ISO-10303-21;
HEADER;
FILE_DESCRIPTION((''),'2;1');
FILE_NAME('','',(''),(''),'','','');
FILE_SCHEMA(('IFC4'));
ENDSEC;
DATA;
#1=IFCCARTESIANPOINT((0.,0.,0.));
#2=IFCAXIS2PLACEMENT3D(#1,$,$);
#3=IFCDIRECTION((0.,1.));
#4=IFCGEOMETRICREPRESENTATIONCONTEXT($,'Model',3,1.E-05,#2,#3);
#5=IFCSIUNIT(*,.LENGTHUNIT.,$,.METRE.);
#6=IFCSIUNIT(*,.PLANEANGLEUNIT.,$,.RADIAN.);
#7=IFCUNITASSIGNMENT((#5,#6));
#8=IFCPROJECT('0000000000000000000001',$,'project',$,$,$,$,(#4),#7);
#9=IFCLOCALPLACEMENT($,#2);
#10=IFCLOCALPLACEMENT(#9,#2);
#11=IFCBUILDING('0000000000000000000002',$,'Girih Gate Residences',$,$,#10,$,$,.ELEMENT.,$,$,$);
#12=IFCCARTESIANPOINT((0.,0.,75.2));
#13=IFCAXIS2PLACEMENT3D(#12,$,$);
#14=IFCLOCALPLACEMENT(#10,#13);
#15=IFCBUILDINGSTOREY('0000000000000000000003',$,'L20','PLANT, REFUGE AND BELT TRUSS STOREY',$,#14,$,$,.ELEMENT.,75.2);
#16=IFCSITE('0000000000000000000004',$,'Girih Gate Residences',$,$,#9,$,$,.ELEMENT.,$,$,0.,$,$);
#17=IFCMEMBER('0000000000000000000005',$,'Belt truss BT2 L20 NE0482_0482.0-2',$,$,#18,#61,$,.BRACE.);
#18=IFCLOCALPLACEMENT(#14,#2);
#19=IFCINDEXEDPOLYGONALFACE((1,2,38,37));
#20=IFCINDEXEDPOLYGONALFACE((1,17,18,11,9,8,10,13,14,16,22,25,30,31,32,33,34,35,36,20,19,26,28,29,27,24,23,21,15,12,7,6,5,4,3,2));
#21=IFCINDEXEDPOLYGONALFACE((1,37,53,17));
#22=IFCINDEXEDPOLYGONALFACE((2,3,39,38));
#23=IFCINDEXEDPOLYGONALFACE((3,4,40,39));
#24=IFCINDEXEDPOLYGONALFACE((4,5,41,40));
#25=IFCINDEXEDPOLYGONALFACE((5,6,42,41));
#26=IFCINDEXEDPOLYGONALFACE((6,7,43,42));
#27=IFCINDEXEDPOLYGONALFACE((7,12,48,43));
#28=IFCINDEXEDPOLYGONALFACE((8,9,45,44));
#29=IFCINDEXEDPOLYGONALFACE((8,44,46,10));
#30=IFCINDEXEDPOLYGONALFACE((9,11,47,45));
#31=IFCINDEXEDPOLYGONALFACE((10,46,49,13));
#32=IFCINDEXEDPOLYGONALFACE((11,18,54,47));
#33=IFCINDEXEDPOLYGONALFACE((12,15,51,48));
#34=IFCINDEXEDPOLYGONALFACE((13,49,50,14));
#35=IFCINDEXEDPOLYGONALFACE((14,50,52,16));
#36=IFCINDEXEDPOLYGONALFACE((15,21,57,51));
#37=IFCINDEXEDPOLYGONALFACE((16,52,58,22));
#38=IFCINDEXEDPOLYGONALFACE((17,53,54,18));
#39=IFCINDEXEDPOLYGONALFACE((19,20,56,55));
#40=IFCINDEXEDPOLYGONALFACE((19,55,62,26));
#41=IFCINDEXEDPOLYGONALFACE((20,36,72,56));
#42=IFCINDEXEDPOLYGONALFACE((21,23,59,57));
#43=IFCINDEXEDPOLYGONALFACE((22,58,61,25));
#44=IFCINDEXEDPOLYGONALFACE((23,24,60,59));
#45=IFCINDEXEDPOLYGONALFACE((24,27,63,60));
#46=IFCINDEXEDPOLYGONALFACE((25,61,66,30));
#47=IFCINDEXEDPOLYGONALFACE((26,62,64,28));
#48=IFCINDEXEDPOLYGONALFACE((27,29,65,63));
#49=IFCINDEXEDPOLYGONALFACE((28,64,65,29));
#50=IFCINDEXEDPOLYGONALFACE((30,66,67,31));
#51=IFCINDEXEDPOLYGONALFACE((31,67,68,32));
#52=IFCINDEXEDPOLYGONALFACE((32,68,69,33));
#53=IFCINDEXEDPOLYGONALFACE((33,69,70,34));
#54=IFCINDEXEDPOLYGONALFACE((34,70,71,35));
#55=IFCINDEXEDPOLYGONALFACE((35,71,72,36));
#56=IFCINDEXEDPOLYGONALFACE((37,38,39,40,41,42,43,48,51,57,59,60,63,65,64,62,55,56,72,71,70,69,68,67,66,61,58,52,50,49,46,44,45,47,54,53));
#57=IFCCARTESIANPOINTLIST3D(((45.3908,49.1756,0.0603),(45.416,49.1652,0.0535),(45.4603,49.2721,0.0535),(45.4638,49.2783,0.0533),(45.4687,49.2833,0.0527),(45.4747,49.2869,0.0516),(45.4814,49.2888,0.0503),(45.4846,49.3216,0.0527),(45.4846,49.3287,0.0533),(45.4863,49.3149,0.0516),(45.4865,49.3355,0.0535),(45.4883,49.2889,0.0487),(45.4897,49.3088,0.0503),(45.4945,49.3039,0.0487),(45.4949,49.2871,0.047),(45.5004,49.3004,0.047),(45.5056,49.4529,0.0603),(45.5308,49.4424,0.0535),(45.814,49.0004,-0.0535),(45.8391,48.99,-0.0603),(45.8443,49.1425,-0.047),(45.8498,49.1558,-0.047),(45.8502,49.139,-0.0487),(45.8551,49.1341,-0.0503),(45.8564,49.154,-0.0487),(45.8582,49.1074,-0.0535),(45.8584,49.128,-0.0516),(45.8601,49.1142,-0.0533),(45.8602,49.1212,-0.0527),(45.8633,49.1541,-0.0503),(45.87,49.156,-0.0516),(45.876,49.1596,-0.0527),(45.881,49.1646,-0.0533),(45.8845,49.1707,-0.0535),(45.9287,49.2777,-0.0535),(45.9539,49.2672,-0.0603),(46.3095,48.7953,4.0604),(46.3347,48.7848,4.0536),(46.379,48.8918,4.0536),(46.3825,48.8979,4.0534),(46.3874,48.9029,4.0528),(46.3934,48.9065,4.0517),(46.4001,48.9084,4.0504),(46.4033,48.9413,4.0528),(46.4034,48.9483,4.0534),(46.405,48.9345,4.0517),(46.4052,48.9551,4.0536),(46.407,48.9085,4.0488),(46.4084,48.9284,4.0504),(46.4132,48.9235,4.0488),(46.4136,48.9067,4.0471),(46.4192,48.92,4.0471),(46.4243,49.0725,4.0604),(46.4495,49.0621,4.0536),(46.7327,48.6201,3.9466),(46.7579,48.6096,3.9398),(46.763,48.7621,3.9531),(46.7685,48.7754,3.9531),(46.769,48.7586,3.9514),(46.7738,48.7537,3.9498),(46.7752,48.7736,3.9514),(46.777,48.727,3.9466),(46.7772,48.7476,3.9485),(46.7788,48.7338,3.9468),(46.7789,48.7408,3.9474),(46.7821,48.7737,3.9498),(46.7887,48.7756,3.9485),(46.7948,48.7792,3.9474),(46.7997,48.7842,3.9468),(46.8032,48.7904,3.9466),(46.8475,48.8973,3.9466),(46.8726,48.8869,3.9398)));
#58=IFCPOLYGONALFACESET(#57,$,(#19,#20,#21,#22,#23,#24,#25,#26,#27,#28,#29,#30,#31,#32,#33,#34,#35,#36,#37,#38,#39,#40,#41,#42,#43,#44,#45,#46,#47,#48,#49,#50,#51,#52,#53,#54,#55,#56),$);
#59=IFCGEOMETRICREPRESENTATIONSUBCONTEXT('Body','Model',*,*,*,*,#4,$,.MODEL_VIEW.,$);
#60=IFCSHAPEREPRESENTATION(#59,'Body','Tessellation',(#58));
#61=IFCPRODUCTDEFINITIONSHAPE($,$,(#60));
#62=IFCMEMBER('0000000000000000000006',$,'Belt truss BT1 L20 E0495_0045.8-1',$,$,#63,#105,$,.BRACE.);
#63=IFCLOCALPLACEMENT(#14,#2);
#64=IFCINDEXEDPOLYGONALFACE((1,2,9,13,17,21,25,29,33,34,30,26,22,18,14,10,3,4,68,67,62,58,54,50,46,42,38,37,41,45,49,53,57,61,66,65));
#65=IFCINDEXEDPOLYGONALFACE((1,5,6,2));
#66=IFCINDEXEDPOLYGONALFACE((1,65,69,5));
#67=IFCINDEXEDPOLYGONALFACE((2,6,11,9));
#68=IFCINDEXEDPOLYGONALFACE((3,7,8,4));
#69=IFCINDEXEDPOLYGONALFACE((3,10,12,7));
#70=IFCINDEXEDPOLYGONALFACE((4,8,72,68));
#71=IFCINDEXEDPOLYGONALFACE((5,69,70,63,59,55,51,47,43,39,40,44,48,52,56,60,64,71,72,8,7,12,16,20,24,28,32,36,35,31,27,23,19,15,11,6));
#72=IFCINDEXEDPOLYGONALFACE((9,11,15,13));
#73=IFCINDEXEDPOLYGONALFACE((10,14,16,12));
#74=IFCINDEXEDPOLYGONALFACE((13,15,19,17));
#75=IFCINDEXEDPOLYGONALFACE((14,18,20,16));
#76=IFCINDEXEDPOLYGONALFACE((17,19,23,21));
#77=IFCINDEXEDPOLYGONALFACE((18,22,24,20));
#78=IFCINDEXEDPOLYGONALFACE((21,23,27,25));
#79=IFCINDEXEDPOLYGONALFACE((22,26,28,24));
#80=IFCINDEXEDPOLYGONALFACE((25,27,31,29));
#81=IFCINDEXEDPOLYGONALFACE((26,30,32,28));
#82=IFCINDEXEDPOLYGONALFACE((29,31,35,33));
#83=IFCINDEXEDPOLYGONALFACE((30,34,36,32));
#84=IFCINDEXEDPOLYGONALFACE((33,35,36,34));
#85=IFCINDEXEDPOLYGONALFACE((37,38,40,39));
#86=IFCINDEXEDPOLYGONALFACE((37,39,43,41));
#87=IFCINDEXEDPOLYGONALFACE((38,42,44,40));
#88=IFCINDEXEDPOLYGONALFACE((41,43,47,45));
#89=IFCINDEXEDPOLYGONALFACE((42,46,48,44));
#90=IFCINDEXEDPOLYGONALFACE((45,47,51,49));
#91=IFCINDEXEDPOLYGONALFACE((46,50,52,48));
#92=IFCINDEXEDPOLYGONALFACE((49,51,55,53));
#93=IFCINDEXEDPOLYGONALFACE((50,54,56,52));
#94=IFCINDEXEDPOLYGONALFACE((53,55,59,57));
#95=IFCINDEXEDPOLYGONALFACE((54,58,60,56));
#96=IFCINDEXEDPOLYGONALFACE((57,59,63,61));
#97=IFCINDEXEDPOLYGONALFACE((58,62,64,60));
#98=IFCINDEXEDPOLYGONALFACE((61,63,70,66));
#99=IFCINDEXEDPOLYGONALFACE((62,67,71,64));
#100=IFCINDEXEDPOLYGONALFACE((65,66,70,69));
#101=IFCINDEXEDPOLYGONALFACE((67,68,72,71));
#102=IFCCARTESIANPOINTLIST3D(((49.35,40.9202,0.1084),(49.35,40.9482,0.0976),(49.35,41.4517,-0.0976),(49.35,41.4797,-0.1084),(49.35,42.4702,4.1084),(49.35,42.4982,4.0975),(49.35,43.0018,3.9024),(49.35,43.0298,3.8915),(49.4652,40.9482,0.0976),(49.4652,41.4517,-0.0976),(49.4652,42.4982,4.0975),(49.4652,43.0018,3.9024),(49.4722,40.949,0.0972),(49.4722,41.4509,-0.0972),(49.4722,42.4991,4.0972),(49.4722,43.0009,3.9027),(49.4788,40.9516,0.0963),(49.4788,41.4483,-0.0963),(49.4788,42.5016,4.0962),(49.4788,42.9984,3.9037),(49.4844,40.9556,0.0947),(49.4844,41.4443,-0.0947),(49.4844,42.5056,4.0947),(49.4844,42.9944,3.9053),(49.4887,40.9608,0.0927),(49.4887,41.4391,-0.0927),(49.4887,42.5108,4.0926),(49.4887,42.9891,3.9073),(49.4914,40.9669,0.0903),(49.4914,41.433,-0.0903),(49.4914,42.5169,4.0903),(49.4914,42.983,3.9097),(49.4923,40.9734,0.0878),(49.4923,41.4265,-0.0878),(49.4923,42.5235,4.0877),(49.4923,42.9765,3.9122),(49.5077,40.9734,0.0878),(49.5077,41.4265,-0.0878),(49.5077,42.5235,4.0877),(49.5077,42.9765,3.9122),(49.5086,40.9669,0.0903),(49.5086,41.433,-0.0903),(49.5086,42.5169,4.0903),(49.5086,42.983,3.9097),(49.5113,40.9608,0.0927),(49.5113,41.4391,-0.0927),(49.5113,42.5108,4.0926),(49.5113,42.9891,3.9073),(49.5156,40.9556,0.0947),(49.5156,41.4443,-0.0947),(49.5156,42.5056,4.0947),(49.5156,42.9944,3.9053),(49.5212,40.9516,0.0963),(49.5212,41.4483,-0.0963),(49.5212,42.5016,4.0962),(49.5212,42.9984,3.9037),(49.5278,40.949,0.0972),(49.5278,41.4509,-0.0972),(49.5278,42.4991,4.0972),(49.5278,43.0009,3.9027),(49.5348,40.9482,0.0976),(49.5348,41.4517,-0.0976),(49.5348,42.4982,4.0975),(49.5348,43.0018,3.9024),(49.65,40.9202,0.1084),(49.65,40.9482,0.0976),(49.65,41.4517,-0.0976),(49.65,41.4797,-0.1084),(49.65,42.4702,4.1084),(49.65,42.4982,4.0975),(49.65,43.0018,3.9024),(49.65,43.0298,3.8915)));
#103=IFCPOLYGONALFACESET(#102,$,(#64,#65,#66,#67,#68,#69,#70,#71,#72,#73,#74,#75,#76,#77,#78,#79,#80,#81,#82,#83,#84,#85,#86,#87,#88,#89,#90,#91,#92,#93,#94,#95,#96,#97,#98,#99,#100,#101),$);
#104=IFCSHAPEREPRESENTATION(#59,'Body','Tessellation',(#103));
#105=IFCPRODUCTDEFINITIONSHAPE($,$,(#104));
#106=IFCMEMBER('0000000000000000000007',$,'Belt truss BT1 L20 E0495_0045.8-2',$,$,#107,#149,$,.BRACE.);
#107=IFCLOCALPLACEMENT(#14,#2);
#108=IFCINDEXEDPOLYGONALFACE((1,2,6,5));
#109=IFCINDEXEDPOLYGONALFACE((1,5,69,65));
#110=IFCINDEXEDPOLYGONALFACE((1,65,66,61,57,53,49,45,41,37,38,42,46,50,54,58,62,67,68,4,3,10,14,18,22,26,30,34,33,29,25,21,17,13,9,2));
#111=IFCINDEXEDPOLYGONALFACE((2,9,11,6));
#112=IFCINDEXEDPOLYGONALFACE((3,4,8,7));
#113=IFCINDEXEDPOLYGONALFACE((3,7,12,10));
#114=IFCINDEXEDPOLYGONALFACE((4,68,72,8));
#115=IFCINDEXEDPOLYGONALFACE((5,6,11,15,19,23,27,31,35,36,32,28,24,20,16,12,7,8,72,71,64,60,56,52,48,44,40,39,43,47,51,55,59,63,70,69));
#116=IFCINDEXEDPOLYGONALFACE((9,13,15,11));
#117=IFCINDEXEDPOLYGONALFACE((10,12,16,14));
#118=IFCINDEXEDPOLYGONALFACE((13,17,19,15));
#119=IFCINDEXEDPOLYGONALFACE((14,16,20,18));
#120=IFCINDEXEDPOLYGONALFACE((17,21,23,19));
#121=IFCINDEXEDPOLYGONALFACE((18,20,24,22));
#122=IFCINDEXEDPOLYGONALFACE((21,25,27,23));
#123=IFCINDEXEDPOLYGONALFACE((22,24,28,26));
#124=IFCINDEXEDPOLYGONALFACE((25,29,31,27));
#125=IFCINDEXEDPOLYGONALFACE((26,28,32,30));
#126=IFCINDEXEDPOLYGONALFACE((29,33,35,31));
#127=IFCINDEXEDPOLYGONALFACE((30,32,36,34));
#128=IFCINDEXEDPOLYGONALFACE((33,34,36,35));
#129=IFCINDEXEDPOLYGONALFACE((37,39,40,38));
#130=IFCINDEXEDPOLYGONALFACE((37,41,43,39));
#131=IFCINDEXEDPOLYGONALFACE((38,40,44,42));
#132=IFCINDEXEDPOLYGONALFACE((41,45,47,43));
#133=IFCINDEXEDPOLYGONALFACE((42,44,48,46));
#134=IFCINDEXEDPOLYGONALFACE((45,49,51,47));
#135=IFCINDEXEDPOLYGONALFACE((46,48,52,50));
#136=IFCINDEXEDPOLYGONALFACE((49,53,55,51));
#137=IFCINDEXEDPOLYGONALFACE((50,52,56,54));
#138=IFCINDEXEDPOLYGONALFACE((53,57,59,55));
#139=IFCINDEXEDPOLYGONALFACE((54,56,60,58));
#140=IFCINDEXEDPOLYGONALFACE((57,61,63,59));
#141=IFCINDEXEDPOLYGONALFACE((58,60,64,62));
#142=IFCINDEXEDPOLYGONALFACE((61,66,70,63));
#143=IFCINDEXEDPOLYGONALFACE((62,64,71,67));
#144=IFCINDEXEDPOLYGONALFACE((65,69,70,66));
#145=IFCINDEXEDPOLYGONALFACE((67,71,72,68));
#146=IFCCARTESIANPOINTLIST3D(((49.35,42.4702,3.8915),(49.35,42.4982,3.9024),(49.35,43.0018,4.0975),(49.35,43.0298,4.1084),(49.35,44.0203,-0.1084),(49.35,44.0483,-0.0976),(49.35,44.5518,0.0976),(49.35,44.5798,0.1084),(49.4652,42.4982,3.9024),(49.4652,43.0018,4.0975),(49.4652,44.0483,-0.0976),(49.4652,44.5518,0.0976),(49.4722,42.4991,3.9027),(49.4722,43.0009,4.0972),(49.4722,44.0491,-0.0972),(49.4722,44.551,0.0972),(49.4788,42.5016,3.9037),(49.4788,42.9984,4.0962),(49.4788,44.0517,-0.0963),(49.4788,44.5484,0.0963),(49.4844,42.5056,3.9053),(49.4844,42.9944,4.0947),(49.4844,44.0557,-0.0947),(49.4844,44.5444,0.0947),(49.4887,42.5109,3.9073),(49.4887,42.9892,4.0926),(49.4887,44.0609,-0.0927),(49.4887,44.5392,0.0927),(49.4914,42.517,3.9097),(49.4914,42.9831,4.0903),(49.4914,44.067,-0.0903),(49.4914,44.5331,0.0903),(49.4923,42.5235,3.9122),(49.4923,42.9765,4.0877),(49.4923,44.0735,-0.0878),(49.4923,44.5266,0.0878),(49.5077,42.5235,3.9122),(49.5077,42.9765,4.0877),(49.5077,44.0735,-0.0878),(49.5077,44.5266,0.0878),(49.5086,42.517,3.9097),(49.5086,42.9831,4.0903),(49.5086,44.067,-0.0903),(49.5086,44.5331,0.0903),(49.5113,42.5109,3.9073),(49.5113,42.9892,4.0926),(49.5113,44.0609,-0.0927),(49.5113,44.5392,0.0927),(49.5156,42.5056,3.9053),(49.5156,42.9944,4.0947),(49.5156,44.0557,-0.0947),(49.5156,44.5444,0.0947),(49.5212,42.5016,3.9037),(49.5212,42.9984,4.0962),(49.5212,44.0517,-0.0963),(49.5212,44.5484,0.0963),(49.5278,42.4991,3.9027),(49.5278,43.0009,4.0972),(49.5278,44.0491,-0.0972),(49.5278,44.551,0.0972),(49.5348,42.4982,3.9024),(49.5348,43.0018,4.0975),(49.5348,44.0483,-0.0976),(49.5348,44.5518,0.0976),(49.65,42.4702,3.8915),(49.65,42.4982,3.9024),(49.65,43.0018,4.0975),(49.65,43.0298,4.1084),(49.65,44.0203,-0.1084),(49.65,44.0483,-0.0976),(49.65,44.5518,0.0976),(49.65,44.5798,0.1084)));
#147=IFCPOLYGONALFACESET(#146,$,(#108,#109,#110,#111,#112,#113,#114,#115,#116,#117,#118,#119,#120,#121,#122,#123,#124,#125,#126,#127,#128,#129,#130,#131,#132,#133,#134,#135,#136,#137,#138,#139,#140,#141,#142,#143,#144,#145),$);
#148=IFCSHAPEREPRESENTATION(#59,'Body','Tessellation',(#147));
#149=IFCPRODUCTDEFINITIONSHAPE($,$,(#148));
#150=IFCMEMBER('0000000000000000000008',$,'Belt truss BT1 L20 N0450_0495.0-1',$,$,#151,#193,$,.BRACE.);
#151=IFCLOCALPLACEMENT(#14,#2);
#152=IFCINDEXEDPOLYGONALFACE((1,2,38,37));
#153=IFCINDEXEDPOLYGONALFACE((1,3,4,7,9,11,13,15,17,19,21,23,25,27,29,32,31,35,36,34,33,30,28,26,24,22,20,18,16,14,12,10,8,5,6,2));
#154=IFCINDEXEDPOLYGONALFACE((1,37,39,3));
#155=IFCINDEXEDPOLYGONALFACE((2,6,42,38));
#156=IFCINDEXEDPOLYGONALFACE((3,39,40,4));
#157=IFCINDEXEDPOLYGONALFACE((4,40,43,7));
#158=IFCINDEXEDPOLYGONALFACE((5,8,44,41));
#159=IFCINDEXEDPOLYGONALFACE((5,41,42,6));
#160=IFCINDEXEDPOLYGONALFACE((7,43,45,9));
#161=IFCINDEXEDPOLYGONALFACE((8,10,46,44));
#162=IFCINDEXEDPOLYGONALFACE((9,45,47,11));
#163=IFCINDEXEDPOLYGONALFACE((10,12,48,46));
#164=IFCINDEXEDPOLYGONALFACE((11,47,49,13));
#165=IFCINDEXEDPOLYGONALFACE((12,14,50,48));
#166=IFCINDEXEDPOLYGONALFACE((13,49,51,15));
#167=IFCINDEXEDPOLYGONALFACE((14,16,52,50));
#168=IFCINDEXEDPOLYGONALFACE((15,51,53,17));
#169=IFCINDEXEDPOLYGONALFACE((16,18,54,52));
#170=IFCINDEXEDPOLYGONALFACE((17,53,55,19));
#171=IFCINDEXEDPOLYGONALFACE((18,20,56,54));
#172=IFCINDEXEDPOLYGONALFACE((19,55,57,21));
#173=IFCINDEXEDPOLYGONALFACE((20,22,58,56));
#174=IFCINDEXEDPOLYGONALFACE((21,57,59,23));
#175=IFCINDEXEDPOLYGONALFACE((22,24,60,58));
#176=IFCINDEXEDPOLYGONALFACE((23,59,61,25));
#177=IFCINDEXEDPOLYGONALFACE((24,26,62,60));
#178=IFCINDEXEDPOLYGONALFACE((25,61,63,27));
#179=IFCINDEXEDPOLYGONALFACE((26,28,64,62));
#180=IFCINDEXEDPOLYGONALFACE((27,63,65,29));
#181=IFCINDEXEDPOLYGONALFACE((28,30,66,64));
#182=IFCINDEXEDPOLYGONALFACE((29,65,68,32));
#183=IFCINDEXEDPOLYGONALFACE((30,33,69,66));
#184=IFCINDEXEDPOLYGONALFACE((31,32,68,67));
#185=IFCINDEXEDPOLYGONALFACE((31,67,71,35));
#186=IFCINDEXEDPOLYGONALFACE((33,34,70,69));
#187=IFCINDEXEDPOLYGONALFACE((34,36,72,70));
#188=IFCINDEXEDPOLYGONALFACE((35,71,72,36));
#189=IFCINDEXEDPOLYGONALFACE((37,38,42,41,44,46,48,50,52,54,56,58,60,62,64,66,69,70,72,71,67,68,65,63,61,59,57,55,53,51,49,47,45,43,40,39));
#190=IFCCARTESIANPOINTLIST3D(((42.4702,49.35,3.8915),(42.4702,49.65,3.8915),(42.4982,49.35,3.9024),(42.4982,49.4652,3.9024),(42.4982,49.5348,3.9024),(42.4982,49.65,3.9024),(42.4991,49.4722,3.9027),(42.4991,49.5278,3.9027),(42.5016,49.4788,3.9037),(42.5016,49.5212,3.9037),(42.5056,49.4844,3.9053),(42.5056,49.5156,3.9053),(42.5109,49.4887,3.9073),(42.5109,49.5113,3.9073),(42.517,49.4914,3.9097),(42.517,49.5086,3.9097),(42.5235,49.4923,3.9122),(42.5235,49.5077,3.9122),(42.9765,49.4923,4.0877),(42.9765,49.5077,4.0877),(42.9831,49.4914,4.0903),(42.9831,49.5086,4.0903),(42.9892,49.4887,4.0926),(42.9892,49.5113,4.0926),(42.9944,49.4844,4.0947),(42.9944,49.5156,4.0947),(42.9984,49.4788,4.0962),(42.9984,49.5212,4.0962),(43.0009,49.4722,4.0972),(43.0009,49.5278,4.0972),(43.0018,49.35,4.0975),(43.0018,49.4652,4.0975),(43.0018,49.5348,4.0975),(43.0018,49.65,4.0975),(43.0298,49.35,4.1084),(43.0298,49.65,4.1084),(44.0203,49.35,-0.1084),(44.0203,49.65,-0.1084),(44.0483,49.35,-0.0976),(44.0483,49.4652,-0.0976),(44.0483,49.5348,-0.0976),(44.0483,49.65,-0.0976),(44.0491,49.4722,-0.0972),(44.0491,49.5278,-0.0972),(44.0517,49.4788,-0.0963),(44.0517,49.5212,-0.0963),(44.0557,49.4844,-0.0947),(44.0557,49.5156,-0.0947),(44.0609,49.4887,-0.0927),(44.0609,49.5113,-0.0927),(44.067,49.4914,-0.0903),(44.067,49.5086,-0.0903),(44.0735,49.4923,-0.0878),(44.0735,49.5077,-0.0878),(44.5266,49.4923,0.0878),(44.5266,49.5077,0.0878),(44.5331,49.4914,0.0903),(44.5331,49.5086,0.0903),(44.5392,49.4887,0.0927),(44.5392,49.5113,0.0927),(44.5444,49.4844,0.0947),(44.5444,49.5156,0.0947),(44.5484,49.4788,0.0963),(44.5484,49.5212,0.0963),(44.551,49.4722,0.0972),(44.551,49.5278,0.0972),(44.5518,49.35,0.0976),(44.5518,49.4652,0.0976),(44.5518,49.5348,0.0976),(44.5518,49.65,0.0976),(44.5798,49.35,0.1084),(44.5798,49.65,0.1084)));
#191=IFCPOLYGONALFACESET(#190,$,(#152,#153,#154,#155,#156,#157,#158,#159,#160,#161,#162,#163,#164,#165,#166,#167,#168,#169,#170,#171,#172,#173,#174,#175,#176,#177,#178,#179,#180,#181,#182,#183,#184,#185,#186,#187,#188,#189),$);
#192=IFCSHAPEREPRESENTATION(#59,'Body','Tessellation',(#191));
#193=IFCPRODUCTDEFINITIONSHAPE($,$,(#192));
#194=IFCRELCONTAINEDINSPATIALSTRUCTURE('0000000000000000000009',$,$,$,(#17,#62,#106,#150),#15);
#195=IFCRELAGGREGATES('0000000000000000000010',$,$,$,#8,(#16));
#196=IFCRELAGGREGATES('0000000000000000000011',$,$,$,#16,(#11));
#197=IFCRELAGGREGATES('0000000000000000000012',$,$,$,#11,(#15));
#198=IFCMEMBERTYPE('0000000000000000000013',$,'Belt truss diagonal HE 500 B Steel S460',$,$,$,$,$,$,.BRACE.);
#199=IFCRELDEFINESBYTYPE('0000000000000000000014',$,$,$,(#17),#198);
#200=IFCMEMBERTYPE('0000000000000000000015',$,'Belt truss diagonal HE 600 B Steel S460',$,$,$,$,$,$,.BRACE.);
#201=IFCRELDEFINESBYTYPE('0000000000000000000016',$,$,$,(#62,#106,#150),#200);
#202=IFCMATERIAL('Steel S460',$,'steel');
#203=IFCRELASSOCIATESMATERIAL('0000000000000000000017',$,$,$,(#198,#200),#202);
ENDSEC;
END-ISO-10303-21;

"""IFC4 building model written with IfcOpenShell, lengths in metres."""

from ifc_helpers import new_model, si_unit, direction, frame, origin, origin_2d, place, context, subcontext, project, spatial, i_section, extrude, material, material_profile, profile_set, type_object, element, save


model = new_model("IFC4")

# Units and contexts
model_context = context("Model", 3, precision=1e-05, world=origin(), true_north=direction((0.0, 1.0)))
body_context = subcontext(model_context, "Body", "Model", "MODEL_VIEW")
ifc_project = project(units=[si_unit("LENGTHUNIT", "METRE"), si_unit("PLANEANGLEUNIT", "RADIAN")], contexts=[model_context])

# Site, building, storey
site_placement = place(None, origin())
site = spatial("IfcSite", under=ifc_project, at=site_placement, Name="Girih Gate Residences", CompositionType="ELEMENT", RefElevation=0.0)
building_placement = place(site_placement, origin())
building = spatial("IfcBuilding", under=site, at=building_placement, Name="Girih Gate Residences", CompositionType="ELEMENT")
storey_placement = place(building_placement, frame((0.0, 0.0, 75.2)))
storey = spatial("IfcBuildingStorey", under=building, at=storey_placement, Name="L20", Description="PLANT, REFUGE AND BELT TRUSS STOREY", CompositionType="ELEMENT", Elevation=75.2)

# Members
ifc_material_1 = material(Name="Steel S460", Category="steel")
ifc_material_profile_1 = material_profile(ifc_material_1, i_section(OverallWidth=0.3, OverallDepth=0.5, WebThickness=0.0144, FlangeThickness=0.0281, FilletRadius=0.0271, at=origin_2d()))
ifc_profile_set_1 = profile_set([ifc_material_profile_1], Name="Steel S460")
member_type_1 = type_object("IfcMemberType", Name="Belt truss diagonal HE 500 B Steel S460", PredefinedType="BRACE", material=ifc_profile_set_1)
for number, where, z_axis, x_axis, name in (
    (1, (45.6724, 49.2214, 0.0), (0.222892, -0.092284, 0.970465), (0.38254, 0.923939, 0.0), "Belt truss BT2 L20 NE0482_0482.0-2"),
):
    element("IfcMember", number, at=place(storey_placement, frame(where, z_axis=z_axis, x_axis=x_axis)), inside=storey, type_object=member_type_1, Name=name, PredefinedType="BRACE", context=body_context, shape_type="SweptSolid", body=[
        extrude(i_section(OverallWidth=0.3, OverallDepth=0.5, WebThickness=0.0144, FlangeThickness=0.0281, FilletRadius=0.0271, at=origin_2d()), origin(), (0.0, 0.0, 1.0), 4.1218),
    ])
ifc_material_profile_2 = material_profile(ifc_material_1, i_section(OverallWidth=0.3, OverallDepth=0.6001, WebThickness=0.0154, FlangeThickness=0.03, FilletRadius=0.0271, at=origin_2d()))
ifc_profile_set_2 = profile_set([ifc_material_profile_2], Name="Steel S460")
member_type_2 = type_object("IfcMemberType", Name="Belt truss diagonal HE 600 B Steel S460", PredefinedType="BRACE", material=ifc_profile_set_2)
for number, where, z_axis, x_axis, name in (
    (2, (49.5, 41.2, 0.0), (0.0, 0.361331, 0.932438), (-1.0, 0.0, 0.0), "Belt truss BT1 L20 E0495_0045.8-1"),
    (3, (49.5, 44.3, 0.0), (0.0, -0.361331, 0.932438), (1.0, 0.0, 0.0), "Belt truss BT1 L20 E0495_0045.8-2"),
    (4, (44.3, 49.5, 0.0), (-0.361331, 0.0, 0.932438), (0.0, -1.0, 0.0), "Belt truss BT1 L20 N0450_0495.0-1"),
):
    element("IfcMember", number, at=place(storey_placement, frame(where, z_axis=z_axis, x_axis=x_axis)), inside=storey, type_object=member_type_2, Name=name, PredefinedType="BRACE", context=body_context, shape_type="SweptSolid", body=[
        extrude(i_section(OverallWidth=0.3, OverallDepth=0.6001, WebThickness=0.0154, FlangeThickness=0.03, FilletRadius=0.0271, at=origin_2d()), origin(), (0.0, 0.0, 1.0), 4.2898),
    ])

save(model, "model.ifc")
